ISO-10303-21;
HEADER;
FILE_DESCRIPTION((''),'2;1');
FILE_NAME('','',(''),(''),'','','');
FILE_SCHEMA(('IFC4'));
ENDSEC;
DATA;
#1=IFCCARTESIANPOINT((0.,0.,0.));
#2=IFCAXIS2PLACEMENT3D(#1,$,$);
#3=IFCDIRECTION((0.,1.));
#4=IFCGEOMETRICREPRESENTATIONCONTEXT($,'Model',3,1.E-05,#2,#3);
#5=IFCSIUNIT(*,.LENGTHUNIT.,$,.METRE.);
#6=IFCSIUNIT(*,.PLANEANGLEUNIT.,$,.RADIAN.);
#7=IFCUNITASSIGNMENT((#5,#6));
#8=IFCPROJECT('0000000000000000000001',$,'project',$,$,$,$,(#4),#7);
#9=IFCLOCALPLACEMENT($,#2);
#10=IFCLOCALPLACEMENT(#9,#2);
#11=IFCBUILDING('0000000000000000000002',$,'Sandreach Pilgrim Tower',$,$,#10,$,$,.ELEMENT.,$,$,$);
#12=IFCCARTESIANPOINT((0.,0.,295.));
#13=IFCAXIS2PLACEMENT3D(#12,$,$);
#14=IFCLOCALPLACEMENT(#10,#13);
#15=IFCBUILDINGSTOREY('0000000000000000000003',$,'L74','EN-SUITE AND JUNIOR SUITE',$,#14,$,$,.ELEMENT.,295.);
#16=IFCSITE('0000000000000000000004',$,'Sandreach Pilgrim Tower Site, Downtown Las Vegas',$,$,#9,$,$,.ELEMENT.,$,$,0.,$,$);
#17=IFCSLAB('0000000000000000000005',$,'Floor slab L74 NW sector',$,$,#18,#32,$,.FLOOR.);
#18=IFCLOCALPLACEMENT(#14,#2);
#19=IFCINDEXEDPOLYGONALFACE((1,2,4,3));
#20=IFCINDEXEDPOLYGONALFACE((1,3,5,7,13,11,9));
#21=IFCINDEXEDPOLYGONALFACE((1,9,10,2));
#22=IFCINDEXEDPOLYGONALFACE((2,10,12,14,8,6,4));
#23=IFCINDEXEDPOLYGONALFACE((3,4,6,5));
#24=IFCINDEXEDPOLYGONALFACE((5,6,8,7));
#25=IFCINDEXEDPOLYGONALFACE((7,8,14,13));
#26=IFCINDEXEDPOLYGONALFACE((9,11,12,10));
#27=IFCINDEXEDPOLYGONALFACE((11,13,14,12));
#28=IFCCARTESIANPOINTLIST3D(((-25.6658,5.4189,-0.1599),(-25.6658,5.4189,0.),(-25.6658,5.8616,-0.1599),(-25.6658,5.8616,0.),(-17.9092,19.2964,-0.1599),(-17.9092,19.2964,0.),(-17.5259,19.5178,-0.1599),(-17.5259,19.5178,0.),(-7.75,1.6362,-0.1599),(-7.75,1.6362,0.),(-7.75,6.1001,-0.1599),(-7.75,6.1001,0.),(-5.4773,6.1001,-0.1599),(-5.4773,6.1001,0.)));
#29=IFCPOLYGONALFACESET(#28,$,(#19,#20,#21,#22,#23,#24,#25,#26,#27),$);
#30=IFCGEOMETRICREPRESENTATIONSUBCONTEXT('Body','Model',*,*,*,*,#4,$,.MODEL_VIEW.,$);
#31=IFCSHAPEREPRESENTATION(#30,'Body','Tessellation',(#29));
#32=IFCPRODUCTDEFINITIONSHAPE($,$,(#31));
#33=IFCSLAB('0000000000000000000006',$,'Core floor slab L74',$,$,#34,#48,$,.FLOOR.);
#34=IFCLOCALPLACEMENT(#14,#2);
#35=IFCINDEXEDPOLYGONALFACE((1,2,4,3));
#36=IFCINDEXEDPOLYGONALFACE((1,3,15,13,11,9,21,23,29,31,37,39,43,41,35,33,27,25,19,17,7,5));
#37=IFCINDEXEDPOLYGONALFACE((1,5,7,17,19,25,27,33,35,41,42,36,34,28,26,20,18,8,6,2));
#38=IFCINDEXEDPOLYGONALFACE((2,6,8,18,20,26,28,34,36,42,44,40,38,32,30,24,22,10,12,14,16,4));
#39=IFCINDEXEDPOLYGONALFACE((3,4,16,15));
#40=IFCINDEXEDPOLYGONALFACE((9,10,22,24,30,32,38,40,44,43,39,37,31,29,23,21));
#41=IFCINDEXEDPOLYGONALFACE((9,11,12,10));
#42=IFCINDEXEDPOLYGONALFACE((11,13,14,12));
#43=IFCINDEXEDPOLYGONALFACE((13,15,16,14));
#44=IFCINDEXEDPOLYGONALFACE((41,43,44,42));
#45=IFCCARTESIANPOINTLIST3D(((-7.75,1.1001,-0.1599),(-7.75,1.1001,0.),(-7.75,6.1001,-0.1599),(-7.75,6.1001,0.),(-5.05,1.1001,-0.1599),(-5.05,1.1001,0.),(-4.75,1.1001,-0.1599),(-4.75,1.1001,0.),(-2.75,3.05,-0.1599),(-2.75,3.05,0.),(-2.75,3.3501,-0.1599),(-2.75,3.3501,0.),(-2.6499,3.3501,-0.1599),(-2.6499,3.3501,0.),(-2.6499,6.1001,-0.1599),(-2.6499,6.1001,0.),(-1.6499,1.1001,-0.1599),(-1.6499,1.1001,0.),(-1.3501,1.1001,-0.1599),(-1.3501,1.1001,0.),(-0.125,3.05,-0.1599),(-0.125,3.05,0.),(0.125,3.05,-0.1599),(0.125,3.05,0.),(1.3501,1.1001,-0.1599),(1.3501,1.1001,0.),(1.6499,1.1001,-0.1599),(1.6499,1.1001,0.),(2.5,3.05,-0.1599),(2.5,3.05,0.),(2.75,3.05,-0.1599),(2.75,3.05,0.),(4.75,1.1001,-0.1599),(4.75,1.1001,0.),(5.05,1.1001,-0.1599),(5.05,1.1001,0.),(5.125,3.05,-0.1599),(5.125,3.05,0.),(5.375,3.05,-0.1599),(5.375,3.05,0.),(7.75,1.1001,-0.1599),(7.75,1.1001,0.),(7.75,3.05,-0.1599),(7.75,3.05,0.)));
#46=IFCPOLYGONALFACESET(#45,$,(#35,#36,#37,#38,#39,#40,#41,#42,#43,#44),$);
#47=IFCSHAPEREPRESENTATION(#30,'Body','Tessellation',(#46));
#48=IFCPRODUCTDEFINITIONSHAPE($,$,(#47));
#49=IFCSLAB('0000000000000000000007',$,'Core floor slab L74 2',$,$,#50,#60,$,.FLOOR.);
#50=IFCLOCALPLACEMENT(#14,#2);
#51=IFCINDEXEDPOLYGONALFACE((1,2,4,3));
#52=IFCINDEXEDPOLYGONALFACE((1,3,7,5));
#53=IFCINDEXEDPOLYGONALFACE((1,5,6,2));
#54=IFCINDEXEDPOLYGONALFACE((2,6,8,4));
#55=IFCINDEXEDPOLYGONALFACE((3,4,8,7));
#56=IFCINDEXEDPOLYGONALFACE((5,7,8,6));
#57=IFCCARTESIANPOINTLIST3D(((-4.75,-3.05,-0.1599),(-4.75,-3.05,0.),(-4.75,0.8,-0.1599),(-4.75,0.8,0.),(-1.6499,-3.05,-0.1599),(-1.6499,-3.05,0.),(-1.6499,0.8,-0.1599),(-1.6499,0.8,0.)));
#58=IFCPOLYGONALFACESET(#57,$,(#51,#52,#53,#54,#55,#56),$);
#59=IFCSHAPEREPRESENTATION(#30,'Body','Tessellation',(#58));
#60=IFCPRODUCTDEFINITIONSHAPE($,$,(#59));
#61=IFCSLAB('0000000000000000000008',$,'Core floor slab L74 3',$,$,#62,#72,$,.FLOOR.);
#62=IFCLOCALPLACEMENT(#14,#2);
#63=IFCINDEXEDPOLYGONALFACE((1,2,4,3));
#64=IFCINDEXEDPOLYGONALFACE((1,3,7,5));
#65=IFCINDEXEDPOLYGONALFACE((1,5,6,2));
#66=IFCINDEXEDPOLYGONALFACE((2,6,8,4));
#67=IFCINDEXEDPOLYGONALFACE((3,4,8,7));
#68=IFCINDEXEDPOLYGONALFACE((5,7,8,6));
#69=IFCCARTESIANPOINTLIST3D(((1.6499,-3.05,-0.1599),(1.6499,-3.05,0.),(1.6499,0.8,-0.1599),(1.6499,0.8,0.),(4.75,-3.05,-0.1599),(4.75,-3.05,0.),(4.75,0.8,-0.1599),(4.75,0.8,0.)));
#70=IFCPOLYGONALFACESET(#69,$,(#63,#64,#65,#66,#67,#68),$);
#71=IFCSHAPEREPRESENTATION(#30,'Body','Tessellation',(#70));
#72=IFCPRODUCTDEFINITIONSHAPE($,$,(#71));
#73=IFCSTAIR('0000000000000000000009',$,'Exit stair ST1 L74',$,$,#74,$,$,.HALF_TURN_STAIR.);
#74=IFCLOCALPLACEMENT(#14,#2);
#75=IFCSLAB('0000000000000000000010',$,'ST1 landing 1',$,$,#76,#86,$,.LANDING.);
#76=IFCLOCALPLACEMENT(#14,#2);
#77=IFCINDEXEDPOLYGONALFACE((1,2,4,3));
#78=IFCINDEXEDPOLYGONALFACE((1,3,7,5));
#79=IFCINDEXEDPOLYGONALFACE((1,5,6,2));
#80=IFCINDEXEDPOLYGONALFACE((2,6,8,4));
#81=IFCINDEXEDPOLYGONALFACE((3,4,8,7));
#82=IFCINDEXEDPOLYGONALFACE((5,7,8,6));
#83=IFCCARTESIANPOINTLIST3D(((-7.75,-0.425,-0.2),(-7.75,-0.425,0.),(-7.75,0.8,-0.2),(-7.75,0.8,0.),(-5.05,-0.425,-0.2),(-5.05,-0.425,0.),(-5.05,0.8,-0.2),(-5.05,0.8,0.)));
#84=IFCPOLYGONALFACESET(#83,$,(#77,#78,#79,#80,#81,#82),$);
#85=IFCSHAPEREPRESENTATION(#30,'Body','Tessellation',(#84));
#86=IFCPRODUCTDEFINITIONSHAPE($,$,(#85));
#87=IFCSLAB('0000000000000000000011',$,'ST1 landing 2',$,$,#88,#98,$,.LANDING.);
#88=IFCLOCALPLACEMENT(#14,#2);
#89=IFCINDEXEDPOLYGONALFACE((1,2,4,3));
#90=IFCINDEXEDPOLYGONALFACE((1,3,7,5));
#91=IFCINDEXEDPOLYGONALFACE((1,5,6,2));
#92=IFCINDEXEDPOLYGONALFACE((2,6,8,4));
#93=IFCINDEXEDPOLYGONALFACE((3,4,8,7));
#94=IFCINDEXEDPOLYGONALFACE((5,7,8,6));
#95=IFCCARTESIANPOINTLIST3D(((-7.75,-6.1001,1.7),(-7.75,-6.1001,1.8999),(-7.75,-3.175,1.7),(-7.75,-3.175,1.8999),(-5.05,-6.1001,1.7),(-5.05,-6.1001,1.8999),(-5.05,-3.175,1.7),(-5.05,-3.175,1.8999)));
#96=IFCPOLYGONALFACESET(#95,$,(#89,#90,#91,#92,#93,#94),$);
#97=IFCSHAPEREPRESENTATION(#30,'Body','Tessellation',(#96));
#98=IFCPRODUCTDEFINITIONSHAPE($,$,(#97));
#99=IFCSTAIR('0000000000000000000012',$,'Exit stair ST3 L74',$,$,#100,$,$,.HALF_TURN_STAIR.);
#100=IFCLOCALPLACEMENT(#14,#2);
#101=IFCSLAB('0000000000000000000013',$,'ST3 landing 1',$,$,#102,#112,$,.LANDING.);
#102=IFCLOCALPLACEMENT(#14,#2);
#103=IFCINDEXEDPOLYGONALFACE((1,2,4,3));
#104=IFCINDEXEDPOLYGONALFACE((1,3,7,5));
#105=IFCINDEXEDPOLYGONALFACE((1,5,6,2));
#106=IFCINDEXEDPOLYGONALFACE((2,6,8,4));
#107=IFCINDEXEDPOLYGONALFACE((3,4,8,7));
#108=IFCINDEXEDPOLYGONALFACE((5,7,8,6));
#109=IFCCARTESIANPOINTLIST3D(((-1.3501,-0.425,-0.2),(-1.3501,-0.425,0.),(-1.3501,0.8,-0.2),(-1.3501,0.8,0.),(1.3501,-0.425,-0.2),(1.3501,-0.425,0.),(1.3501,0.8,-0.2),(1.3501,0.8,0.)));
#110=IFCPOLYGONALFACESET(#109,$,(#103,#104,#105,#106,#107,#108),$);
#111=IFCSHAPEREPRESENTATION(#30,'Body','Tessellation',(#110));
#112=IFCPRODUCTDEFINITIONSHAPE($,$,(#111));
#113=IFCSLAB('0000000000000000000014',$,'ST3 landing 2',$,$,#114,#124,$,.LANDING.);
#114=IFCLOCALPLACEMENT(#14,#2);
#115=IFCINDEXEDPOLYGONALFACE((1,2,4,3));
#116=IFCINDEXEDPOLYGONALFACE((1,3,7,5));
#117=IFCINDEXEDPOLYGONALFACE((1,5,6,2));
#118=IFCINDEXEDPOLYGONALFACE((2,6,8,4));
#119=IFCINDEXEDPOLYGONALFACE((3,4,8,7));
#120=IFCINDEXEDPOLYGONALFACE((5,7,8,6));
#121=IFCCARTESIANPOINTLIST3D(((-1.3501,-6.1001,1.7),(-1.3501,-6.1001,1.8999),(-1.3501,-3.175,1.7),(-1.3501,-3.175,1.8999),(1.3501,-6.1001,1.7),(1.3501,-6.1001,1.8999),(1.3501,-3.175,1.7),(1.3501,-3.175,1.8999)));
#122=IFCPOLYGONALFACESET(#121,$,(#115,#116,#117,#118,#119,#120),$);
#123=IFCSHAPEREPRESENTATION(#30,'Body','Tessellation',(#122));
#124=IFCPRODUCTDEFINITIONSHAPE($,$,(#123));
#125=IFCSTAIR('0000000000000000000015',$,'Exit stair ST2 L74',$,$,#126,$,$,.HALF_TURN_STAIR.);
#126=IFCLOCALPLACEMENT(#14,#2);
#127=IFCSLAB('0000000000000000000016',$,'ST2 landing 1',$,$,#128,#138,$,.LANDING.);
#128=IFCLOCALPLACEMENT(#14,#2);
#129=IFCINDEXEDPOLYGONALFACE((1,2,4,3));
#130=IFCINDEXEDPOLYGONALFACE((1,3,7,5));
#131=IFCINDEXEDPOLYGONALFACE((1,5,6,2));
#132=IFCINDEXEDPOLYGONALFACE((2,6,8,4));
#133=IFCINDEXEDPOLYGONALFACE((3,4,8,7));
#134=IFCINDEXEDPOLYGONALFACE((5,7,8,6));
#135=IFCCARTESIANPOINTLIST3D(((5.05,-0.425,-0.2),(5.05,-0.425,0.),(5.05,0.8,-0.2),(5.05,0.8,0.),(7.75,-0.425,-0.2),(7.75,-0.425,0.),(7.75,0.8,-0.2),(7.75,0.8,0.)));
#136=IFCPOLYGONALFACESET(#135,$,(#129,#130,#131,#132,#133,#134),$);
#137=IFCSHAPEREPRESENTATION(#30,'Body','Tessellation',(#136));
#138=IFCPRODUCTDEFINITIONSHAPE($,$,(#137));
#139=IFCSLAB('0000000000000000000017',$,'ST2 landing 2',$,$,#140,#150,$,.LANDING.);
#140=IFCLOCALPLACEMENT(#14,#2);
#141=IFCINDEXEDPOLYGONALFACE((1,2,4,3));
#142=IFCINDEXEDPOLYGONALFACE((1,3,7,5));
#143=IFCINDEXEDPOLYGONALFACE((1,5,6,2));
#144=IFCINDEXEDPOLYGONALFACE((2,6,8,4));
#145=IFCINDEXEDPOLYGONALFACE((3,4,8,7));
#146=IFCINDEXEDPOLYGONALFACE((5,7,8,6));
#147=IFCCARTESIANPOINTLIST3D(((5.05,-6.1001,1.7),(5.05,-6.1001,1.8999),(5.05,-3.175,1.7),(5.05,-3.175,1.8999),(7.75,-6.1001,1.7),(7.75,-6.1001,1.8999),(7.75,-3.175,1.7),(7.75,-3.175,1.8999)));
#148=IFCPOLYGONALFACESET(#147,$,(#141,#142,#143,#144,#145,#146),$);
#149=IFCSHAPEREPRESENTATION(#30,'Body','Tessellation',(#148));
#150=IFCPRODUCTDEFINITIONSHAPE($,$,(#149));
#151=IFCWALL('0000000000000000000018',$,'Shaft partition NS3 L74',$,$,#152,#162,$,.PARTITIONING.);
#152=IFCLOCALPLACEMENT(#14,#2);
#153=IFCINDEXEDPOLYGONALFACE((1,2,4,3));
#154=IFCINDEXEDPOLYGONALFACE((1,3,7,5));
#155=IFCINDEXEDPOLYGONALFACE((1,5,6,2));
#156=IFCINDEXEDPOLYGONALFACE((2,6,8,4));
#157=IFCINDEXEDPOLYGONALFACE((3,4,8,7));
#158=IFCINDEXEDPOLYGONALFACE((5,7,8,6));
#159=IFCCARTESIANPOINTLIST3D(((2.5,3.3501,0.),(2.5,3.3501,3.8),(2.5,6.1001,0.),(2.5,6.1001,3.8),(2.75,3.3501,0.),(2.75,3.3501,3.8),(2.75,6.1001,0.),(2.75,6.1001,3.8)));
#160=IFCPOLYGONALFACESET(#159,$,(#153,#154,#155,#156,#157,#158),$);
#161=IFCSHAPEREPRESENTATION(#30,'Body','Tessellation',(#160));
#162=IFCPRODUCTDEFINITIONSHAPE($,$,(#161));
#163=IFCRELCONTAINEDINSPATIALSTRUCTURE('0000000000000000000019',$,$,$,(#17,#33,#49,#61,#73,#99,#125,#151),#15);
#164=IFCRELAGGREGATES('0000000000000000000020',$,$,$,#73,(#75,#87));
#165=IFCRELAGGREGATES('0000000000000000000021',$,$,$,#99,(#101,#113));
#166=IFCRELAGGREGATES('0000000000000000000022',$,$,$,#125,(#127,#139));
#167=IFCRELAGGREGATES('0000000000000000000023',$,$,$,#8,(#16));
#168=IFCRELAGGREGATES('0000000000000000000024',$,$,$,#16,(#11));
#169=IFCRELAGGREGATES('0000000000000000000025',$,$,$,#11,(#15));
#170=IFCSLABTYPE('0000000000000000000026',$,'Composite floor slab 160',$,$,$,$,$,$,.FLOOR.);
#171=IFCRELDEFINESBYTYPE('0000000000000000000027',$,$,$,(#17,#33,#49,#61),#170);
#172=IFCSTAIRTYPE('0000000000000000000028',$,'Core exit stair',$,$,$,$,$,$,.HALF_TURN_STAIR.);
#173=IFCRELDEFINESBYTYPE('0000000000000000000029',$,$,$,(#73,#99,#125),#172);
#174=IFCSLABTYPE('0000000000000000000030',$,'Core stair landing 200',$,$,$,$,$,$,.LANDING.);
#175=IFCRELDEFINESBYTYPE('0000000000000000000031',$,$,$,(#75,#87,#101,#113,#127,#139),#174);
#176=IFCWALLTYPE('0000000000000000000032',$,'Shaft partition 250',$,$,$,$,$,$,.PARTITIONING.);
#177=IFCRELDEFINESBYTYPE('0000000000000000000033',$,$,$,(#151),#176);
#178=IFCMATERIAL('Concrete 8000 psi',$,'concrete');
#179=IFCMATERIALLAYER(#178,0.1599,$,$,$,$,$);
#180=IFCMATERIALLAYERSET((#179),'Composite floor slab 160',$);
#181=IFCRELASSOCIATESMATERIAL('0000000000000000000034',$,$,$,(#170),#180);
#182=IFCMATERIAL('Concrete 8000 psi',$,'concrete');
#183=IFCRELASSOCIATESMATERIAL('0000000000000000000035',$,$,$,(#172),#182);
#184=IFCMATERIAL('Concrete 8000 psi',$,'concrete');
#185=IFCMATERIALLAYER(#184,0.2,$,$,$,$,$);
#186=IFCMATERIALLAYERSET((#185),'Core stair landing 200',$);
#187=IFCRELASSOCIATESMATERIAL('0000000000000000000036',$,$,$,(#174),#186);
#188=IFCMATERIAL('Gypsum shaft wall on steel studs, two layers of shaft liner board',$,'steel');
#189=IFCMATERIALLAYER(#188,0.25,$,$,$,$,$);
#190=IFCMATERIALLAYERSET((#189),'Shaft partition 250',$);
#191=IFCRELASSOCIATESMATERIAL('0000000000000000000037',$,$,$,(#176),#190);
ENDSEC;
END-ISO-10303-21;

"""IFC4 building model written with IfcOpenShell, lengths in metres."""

from ifc_helpers import new_model, si_unit, direction, frame, frame_2d, origin, place, context, subcontext, project, spatial, polyline, rectangle, outline, extrude, material, layer, layer_set, type_object, element, aggregate, save


model = new_model("IFC4")

# Units and contexts
model_context = context("Model", 3, precision=1e-05, world=origin(), true_north=direction((0.0, 1.0)))
body_context = subcontext(model_context, "Body", "Model", "MODEL_VIEW")
ifc_project = project(units=[si_unit("LENGTHUNIT", "METRE"), si_unit("PLANEANGLEUNIT", "RADIAN")], contexts=[model_context])

# Site, building, storey
site_placement = place(None, origin())
site = spatial("IfcSite", under=ifc_project, at=site_placement, Name="Sandreach Pilgrim Tower Site, Downtown Las Vegas", CompositionType="ELEMENT", RefElevation=0.0)
building_placement = place(site_placement, origin())
building = spatial("IfcBuilding", under=site, at=building_placement, Name="Sandreach Pilgrim Tower", CompositionType="ELEMENT")
storey_placement = place(building_placement, frame((0.0, 0.0, 295.0)))
storey = spatial("IfcBuildingStorey", under=building, at=storey_placement, Name="L74", Description="EN-SUITE AND JUNIOR SUITE", CompositionType="ELEMENT", Elevation=295.0)

# Slabs
ifc_material_1 = material(Name="Concrete 8000 psi", Category="concrete")
ifc_layer_1 = layer(ifc_material_1, 0.1599)
ifc_layer_set_1 = layer_set([ifc_layer_1], Name="Composite floor slab 160")
slab_type_1 = type_object("IfcSlabType", Name="Composite floor slab 160", PredefinedType="FLOOR", material=ifc_layer_set_1)
slab_1_placement = place(storey_placement, frame((0.0, 0.0, -0.1599)))
element("IfcSlab", 1, at=slab_1_placement, inside=storey, type_object=slab_type_1, Name="Floor slab L74 NW sector", PredefinedType="FLOOR", context=body_context, shape_type="SweptSolid", body=[
    extrude(outline(polyline([(-25.6658, 5.8616), (-17.9092, 19.2964), (-17.5259, 19.5178), (-5.4773, 6.1001), (-7.75, 6.1001), (-7.75, 1.6362), (-25.6658, 5.4189), (-25.6658, 5.8616)])), origin(), (0.0, 0.0, 1.0), 0.1599),
])
slab_2_placement = place(storey_placement, frame((0.0, 0.0, -0.1599)))
element("IfcSlab", 2, at=slab_2_placement, inside=storey, type_object=slab_type_1, Name="Core floor slab L74", PredefinedType="FLOOR", context=body_context, shape_type="SweptSolid", body=[
    extrude(outline(polyline([(-2.75, 3.3501), (-2.75, 3.05), (-0.125, 3.05), (0.125, 3.05), (2.5, 3.05), (2.75, 3.05), (5.125, 3.05), (5.375, 3.05), (7.75, 3.05), (7.75, 1.1001), (5.05, 1.1001), (4.75, 1.1001), (1.6499, 1.1001), (1.3501, 1.1001), (-1.3501, 1.1001), (-1.6499, 1.1001), (-4.75, 1.1001), (-5.05, 1.1001), (-7.75, 1.1001), (-7.75, 6.1001), (-2.6499, 6.1001), (-2.6499, 3.3501), (-2.75, 3.3501)])), origin(), (0.0, 0.0, 1.0), 0.1599),
])
slab_3_placement = place(storey_placement, frame((0.0, 0.0, -0.1599)))
element("IfcSlab", 3, at=slab_3_placement, inside=storey, type_object=slab_type_1, Name="Core floor slab L74 2", PredefinedType="FLOOR", context=body_context, shape_type="SweptSolid", body=[
    extrude(outline(polyline([(-1.6499, -3.05), (-4.75, -3.05), (-4.75, 0.8), (-1.6499, 0.8), (-1.6499, -3.05)])), origin(), (0.0, 0.0, 1.0), 0.1599),
])
slab_4_placement = place(storey_placement, frame((0.0, 0.0, -0.1599)))
element("IfcSlab", 4, at=slab_4_placement, inside=storey, type_object=slab_type_1, Name="Core floor slab L74 3", PredefinedType="FLOOR", context=body_context, shape_type="SweptSolid", body=[
    extrude(outline(polyline([(4.75, -3.05), (1.6499, -3.05), (1.6499, 0.8), (4.75, 0.8), (4.75, -3.05)])), origin(), (0.0, 0.0, 1.0), 0.1599),
])

# Stairs, slabs
ifc_material_2 = material(Name="Concrete 8000 psi", Category="concrete")
stair_type = type_object("IfcStairType", Name="Core exit stair", PredefinedType="HALF_TURN_STAIR", material=ifc_material_2)
stair_1_placement = place(storey_placement, origin())
stair_1 = element("IfcStair", 5, at=stair_1_placement, inside=storey, type_object=stair_type, Name="Exit stair ST1 L74", PredefinedType="HALF_TURN_STAIR")
ifc_material_3 = material(Name="Concrete 8000 psi", Category="concrete")
ifc_layer_2 = layer(ifc_material_3, 0.2)
ifc_layer_set_2 = layer_set([ifc_layer_2], Name="Core stair landing 200")
slab_type_2 = type_object("IfcSlabType", Name="Core stair landing 200", PredefinedType="LANDING", material=ifc_layer_set_2)
slab_5_placement = place(storey_placement, frame((0.0, 0.0, -0.2)))
slab_5 = element("IfcSlab", 6, at=slab_5_placement, type_object=slab_type_2, Name="ST1 landing 1", PredefinedType="LANDING", context=body_context, shape_type="SweptSolid", body=[
    extrude(outline(polyline([(-7.75, -0.425), (-5.05, -0.425), (-5.05, 0.8), (-7.75, 0.8), (-7.75, -0.425)])), origin(), (0.0, 0.0, 1.0), 0.2),
])
slab_6_placement = place(storey_placement, frame((0.0, 0.0, 1.7)))
slab_6 = element("IfcSlab", 7, at=slab_6_placement, type_object=slab_type_2, Name="ST1 landing 2", PredefinedType="LANDING", context=body_context, shape_type="SweptSolid", body=[
    extrude(outline(polyline([(-7.75, -6.1001), (-5.05, -6.1001), (-5.05, -3.175), (-7.75, -3.175), (-7.75, -6.1001)])), origin(), (0.0, 0.0, 1.0), 0.2),
])
aggregate(stair_1, [slab_5, slab_6])
stair_2_placement = place(storey_placement, origin())
stair_2 = element("IfcStair", 8, at=stair_2_placement, inside=storey, type_object=stair_type, Name="Exit stair ST3 L74", PredefinedType="HALF_TURN_STAIR")
slab_7_placement = place(storey_placement, frame((0.0, 0.0, -0.2)))
slab_7 = element("IfcSlab", 9, at=slab_7_placement, type_object=slab_type_2, Name="ST3 landing 1", PredefinedType="LANDING", context=body_context, shape_type="SweptSolid", body=[
    extrude(outline(polyline([(-1.3501, -0.425), (1.3501, -0.425), (1.3501, 0.8), (-1.3501, 0.8), (-1.3501, -0.425)])), origin(), (0.0, 0.0, 1.0), 0.2),
])
slab_8_placement = place(storey_placement, frame((0.0, 0.0, 1.7)))
slab_8 = element("IfcSlab", 10, at=slab_8_placement, type_object=slab_type_2, Name="ST3 landing 2", PredefinedType="LANDING", context=body_context, shape_type="SweptSolid", body=[
    extrude(outline(polyline([(-1.3501, -6.1001), (1.3501, -6.1001), (1.3501, -3.175), (-1.3501, -3.175), (-1.3501, -6.1001)])), origin(), (0.0, 0.0, 1.0), 0.2),
])
aggregate(stair_2, [slab_7, slab_8])
stair_3_placement = place(storey_placement, origin())
stair_3 = element("IfcStair", 11, at=stair_3_placement, inside=storey, type_object=stair_type, Name="Exit stair ST2 L74", PredefinedType="HALF_TURN_STAIR")
slab_9_placement = place(storey_placement, frame((0.0, 0.0, -0.2)))
slab_9 = element("IfcSlab", 12, at=slab_9_placement, type_object=slab_type_2, Name="ST2 landing 1", PredefinedType="LANDING", context=body_context, shape_type="SweptSolid", body=[
    extrude(outline(polyline([(5.05, -0.425), (7.75, -0.425), (7.75, 0.8), (5.05, 0.8), (5.05, -0.425)])), origin(), (0.0, 0.0, 1.0), 0.2),
])
slab_10_placement = place(storey_placement, frame((0.0, 0.0, 1.7)))
slab_10 = element("IfcSlab", 13, at=slab_10_placement, type_object=slab_type_2, Name="ST2 landing 2", PredefinedType="LANDING", context=body_context, shape_type="SweptSolid", body=[
    extrude(outline(polyline([(5.05, -6.1001), (7.75, -6.1001), (7.75, -3.175), (5.05, -3.175), (5.05, -6.1001)])), origin(), (0.0, 0.0, 1.0), 0.2),
])
aggregate(stair_3, [slab_9, slab_10])

# Wall
ifc_material_4 = material(Name="Gypsum shaft wall on steel studs, two layers of shaft liner board", Category="steel")
ifc_layer_3 = layer(ifc_material_4, 0.25)
ifc_layer_set_3 = layer_set([ifc_layer_3], Name="Shaft partition 250")
wall_type_1 = type_object("IfcWallType", Name="Shaft partition 250", PredefinedType="PARTITIONING", material=ifc_layer_set_3)
wall_1_placement = place(storey_placement, frame((2.625, 3.3501, 0.0), z_axis=(0.0, 0.0, 1.0), x_axis=(0.0, 1.0, 0.0)))
element("IfcWall", 14, at=wall_1_placement, inside=storey, type_object=wall_type_1, Name="Shaft partition NS3 L74", PredefinedType="PARTITIONING", context=body_context, shape_type="SweptSolid", body=[
    extrude(rectangle(XDim=2.75, YDim=0.25, at=frame_2d((1.375, 0.0))), origin(), (0.0, 0.0, 1.0), 3.8),
])

save(model, "model.ifc")
